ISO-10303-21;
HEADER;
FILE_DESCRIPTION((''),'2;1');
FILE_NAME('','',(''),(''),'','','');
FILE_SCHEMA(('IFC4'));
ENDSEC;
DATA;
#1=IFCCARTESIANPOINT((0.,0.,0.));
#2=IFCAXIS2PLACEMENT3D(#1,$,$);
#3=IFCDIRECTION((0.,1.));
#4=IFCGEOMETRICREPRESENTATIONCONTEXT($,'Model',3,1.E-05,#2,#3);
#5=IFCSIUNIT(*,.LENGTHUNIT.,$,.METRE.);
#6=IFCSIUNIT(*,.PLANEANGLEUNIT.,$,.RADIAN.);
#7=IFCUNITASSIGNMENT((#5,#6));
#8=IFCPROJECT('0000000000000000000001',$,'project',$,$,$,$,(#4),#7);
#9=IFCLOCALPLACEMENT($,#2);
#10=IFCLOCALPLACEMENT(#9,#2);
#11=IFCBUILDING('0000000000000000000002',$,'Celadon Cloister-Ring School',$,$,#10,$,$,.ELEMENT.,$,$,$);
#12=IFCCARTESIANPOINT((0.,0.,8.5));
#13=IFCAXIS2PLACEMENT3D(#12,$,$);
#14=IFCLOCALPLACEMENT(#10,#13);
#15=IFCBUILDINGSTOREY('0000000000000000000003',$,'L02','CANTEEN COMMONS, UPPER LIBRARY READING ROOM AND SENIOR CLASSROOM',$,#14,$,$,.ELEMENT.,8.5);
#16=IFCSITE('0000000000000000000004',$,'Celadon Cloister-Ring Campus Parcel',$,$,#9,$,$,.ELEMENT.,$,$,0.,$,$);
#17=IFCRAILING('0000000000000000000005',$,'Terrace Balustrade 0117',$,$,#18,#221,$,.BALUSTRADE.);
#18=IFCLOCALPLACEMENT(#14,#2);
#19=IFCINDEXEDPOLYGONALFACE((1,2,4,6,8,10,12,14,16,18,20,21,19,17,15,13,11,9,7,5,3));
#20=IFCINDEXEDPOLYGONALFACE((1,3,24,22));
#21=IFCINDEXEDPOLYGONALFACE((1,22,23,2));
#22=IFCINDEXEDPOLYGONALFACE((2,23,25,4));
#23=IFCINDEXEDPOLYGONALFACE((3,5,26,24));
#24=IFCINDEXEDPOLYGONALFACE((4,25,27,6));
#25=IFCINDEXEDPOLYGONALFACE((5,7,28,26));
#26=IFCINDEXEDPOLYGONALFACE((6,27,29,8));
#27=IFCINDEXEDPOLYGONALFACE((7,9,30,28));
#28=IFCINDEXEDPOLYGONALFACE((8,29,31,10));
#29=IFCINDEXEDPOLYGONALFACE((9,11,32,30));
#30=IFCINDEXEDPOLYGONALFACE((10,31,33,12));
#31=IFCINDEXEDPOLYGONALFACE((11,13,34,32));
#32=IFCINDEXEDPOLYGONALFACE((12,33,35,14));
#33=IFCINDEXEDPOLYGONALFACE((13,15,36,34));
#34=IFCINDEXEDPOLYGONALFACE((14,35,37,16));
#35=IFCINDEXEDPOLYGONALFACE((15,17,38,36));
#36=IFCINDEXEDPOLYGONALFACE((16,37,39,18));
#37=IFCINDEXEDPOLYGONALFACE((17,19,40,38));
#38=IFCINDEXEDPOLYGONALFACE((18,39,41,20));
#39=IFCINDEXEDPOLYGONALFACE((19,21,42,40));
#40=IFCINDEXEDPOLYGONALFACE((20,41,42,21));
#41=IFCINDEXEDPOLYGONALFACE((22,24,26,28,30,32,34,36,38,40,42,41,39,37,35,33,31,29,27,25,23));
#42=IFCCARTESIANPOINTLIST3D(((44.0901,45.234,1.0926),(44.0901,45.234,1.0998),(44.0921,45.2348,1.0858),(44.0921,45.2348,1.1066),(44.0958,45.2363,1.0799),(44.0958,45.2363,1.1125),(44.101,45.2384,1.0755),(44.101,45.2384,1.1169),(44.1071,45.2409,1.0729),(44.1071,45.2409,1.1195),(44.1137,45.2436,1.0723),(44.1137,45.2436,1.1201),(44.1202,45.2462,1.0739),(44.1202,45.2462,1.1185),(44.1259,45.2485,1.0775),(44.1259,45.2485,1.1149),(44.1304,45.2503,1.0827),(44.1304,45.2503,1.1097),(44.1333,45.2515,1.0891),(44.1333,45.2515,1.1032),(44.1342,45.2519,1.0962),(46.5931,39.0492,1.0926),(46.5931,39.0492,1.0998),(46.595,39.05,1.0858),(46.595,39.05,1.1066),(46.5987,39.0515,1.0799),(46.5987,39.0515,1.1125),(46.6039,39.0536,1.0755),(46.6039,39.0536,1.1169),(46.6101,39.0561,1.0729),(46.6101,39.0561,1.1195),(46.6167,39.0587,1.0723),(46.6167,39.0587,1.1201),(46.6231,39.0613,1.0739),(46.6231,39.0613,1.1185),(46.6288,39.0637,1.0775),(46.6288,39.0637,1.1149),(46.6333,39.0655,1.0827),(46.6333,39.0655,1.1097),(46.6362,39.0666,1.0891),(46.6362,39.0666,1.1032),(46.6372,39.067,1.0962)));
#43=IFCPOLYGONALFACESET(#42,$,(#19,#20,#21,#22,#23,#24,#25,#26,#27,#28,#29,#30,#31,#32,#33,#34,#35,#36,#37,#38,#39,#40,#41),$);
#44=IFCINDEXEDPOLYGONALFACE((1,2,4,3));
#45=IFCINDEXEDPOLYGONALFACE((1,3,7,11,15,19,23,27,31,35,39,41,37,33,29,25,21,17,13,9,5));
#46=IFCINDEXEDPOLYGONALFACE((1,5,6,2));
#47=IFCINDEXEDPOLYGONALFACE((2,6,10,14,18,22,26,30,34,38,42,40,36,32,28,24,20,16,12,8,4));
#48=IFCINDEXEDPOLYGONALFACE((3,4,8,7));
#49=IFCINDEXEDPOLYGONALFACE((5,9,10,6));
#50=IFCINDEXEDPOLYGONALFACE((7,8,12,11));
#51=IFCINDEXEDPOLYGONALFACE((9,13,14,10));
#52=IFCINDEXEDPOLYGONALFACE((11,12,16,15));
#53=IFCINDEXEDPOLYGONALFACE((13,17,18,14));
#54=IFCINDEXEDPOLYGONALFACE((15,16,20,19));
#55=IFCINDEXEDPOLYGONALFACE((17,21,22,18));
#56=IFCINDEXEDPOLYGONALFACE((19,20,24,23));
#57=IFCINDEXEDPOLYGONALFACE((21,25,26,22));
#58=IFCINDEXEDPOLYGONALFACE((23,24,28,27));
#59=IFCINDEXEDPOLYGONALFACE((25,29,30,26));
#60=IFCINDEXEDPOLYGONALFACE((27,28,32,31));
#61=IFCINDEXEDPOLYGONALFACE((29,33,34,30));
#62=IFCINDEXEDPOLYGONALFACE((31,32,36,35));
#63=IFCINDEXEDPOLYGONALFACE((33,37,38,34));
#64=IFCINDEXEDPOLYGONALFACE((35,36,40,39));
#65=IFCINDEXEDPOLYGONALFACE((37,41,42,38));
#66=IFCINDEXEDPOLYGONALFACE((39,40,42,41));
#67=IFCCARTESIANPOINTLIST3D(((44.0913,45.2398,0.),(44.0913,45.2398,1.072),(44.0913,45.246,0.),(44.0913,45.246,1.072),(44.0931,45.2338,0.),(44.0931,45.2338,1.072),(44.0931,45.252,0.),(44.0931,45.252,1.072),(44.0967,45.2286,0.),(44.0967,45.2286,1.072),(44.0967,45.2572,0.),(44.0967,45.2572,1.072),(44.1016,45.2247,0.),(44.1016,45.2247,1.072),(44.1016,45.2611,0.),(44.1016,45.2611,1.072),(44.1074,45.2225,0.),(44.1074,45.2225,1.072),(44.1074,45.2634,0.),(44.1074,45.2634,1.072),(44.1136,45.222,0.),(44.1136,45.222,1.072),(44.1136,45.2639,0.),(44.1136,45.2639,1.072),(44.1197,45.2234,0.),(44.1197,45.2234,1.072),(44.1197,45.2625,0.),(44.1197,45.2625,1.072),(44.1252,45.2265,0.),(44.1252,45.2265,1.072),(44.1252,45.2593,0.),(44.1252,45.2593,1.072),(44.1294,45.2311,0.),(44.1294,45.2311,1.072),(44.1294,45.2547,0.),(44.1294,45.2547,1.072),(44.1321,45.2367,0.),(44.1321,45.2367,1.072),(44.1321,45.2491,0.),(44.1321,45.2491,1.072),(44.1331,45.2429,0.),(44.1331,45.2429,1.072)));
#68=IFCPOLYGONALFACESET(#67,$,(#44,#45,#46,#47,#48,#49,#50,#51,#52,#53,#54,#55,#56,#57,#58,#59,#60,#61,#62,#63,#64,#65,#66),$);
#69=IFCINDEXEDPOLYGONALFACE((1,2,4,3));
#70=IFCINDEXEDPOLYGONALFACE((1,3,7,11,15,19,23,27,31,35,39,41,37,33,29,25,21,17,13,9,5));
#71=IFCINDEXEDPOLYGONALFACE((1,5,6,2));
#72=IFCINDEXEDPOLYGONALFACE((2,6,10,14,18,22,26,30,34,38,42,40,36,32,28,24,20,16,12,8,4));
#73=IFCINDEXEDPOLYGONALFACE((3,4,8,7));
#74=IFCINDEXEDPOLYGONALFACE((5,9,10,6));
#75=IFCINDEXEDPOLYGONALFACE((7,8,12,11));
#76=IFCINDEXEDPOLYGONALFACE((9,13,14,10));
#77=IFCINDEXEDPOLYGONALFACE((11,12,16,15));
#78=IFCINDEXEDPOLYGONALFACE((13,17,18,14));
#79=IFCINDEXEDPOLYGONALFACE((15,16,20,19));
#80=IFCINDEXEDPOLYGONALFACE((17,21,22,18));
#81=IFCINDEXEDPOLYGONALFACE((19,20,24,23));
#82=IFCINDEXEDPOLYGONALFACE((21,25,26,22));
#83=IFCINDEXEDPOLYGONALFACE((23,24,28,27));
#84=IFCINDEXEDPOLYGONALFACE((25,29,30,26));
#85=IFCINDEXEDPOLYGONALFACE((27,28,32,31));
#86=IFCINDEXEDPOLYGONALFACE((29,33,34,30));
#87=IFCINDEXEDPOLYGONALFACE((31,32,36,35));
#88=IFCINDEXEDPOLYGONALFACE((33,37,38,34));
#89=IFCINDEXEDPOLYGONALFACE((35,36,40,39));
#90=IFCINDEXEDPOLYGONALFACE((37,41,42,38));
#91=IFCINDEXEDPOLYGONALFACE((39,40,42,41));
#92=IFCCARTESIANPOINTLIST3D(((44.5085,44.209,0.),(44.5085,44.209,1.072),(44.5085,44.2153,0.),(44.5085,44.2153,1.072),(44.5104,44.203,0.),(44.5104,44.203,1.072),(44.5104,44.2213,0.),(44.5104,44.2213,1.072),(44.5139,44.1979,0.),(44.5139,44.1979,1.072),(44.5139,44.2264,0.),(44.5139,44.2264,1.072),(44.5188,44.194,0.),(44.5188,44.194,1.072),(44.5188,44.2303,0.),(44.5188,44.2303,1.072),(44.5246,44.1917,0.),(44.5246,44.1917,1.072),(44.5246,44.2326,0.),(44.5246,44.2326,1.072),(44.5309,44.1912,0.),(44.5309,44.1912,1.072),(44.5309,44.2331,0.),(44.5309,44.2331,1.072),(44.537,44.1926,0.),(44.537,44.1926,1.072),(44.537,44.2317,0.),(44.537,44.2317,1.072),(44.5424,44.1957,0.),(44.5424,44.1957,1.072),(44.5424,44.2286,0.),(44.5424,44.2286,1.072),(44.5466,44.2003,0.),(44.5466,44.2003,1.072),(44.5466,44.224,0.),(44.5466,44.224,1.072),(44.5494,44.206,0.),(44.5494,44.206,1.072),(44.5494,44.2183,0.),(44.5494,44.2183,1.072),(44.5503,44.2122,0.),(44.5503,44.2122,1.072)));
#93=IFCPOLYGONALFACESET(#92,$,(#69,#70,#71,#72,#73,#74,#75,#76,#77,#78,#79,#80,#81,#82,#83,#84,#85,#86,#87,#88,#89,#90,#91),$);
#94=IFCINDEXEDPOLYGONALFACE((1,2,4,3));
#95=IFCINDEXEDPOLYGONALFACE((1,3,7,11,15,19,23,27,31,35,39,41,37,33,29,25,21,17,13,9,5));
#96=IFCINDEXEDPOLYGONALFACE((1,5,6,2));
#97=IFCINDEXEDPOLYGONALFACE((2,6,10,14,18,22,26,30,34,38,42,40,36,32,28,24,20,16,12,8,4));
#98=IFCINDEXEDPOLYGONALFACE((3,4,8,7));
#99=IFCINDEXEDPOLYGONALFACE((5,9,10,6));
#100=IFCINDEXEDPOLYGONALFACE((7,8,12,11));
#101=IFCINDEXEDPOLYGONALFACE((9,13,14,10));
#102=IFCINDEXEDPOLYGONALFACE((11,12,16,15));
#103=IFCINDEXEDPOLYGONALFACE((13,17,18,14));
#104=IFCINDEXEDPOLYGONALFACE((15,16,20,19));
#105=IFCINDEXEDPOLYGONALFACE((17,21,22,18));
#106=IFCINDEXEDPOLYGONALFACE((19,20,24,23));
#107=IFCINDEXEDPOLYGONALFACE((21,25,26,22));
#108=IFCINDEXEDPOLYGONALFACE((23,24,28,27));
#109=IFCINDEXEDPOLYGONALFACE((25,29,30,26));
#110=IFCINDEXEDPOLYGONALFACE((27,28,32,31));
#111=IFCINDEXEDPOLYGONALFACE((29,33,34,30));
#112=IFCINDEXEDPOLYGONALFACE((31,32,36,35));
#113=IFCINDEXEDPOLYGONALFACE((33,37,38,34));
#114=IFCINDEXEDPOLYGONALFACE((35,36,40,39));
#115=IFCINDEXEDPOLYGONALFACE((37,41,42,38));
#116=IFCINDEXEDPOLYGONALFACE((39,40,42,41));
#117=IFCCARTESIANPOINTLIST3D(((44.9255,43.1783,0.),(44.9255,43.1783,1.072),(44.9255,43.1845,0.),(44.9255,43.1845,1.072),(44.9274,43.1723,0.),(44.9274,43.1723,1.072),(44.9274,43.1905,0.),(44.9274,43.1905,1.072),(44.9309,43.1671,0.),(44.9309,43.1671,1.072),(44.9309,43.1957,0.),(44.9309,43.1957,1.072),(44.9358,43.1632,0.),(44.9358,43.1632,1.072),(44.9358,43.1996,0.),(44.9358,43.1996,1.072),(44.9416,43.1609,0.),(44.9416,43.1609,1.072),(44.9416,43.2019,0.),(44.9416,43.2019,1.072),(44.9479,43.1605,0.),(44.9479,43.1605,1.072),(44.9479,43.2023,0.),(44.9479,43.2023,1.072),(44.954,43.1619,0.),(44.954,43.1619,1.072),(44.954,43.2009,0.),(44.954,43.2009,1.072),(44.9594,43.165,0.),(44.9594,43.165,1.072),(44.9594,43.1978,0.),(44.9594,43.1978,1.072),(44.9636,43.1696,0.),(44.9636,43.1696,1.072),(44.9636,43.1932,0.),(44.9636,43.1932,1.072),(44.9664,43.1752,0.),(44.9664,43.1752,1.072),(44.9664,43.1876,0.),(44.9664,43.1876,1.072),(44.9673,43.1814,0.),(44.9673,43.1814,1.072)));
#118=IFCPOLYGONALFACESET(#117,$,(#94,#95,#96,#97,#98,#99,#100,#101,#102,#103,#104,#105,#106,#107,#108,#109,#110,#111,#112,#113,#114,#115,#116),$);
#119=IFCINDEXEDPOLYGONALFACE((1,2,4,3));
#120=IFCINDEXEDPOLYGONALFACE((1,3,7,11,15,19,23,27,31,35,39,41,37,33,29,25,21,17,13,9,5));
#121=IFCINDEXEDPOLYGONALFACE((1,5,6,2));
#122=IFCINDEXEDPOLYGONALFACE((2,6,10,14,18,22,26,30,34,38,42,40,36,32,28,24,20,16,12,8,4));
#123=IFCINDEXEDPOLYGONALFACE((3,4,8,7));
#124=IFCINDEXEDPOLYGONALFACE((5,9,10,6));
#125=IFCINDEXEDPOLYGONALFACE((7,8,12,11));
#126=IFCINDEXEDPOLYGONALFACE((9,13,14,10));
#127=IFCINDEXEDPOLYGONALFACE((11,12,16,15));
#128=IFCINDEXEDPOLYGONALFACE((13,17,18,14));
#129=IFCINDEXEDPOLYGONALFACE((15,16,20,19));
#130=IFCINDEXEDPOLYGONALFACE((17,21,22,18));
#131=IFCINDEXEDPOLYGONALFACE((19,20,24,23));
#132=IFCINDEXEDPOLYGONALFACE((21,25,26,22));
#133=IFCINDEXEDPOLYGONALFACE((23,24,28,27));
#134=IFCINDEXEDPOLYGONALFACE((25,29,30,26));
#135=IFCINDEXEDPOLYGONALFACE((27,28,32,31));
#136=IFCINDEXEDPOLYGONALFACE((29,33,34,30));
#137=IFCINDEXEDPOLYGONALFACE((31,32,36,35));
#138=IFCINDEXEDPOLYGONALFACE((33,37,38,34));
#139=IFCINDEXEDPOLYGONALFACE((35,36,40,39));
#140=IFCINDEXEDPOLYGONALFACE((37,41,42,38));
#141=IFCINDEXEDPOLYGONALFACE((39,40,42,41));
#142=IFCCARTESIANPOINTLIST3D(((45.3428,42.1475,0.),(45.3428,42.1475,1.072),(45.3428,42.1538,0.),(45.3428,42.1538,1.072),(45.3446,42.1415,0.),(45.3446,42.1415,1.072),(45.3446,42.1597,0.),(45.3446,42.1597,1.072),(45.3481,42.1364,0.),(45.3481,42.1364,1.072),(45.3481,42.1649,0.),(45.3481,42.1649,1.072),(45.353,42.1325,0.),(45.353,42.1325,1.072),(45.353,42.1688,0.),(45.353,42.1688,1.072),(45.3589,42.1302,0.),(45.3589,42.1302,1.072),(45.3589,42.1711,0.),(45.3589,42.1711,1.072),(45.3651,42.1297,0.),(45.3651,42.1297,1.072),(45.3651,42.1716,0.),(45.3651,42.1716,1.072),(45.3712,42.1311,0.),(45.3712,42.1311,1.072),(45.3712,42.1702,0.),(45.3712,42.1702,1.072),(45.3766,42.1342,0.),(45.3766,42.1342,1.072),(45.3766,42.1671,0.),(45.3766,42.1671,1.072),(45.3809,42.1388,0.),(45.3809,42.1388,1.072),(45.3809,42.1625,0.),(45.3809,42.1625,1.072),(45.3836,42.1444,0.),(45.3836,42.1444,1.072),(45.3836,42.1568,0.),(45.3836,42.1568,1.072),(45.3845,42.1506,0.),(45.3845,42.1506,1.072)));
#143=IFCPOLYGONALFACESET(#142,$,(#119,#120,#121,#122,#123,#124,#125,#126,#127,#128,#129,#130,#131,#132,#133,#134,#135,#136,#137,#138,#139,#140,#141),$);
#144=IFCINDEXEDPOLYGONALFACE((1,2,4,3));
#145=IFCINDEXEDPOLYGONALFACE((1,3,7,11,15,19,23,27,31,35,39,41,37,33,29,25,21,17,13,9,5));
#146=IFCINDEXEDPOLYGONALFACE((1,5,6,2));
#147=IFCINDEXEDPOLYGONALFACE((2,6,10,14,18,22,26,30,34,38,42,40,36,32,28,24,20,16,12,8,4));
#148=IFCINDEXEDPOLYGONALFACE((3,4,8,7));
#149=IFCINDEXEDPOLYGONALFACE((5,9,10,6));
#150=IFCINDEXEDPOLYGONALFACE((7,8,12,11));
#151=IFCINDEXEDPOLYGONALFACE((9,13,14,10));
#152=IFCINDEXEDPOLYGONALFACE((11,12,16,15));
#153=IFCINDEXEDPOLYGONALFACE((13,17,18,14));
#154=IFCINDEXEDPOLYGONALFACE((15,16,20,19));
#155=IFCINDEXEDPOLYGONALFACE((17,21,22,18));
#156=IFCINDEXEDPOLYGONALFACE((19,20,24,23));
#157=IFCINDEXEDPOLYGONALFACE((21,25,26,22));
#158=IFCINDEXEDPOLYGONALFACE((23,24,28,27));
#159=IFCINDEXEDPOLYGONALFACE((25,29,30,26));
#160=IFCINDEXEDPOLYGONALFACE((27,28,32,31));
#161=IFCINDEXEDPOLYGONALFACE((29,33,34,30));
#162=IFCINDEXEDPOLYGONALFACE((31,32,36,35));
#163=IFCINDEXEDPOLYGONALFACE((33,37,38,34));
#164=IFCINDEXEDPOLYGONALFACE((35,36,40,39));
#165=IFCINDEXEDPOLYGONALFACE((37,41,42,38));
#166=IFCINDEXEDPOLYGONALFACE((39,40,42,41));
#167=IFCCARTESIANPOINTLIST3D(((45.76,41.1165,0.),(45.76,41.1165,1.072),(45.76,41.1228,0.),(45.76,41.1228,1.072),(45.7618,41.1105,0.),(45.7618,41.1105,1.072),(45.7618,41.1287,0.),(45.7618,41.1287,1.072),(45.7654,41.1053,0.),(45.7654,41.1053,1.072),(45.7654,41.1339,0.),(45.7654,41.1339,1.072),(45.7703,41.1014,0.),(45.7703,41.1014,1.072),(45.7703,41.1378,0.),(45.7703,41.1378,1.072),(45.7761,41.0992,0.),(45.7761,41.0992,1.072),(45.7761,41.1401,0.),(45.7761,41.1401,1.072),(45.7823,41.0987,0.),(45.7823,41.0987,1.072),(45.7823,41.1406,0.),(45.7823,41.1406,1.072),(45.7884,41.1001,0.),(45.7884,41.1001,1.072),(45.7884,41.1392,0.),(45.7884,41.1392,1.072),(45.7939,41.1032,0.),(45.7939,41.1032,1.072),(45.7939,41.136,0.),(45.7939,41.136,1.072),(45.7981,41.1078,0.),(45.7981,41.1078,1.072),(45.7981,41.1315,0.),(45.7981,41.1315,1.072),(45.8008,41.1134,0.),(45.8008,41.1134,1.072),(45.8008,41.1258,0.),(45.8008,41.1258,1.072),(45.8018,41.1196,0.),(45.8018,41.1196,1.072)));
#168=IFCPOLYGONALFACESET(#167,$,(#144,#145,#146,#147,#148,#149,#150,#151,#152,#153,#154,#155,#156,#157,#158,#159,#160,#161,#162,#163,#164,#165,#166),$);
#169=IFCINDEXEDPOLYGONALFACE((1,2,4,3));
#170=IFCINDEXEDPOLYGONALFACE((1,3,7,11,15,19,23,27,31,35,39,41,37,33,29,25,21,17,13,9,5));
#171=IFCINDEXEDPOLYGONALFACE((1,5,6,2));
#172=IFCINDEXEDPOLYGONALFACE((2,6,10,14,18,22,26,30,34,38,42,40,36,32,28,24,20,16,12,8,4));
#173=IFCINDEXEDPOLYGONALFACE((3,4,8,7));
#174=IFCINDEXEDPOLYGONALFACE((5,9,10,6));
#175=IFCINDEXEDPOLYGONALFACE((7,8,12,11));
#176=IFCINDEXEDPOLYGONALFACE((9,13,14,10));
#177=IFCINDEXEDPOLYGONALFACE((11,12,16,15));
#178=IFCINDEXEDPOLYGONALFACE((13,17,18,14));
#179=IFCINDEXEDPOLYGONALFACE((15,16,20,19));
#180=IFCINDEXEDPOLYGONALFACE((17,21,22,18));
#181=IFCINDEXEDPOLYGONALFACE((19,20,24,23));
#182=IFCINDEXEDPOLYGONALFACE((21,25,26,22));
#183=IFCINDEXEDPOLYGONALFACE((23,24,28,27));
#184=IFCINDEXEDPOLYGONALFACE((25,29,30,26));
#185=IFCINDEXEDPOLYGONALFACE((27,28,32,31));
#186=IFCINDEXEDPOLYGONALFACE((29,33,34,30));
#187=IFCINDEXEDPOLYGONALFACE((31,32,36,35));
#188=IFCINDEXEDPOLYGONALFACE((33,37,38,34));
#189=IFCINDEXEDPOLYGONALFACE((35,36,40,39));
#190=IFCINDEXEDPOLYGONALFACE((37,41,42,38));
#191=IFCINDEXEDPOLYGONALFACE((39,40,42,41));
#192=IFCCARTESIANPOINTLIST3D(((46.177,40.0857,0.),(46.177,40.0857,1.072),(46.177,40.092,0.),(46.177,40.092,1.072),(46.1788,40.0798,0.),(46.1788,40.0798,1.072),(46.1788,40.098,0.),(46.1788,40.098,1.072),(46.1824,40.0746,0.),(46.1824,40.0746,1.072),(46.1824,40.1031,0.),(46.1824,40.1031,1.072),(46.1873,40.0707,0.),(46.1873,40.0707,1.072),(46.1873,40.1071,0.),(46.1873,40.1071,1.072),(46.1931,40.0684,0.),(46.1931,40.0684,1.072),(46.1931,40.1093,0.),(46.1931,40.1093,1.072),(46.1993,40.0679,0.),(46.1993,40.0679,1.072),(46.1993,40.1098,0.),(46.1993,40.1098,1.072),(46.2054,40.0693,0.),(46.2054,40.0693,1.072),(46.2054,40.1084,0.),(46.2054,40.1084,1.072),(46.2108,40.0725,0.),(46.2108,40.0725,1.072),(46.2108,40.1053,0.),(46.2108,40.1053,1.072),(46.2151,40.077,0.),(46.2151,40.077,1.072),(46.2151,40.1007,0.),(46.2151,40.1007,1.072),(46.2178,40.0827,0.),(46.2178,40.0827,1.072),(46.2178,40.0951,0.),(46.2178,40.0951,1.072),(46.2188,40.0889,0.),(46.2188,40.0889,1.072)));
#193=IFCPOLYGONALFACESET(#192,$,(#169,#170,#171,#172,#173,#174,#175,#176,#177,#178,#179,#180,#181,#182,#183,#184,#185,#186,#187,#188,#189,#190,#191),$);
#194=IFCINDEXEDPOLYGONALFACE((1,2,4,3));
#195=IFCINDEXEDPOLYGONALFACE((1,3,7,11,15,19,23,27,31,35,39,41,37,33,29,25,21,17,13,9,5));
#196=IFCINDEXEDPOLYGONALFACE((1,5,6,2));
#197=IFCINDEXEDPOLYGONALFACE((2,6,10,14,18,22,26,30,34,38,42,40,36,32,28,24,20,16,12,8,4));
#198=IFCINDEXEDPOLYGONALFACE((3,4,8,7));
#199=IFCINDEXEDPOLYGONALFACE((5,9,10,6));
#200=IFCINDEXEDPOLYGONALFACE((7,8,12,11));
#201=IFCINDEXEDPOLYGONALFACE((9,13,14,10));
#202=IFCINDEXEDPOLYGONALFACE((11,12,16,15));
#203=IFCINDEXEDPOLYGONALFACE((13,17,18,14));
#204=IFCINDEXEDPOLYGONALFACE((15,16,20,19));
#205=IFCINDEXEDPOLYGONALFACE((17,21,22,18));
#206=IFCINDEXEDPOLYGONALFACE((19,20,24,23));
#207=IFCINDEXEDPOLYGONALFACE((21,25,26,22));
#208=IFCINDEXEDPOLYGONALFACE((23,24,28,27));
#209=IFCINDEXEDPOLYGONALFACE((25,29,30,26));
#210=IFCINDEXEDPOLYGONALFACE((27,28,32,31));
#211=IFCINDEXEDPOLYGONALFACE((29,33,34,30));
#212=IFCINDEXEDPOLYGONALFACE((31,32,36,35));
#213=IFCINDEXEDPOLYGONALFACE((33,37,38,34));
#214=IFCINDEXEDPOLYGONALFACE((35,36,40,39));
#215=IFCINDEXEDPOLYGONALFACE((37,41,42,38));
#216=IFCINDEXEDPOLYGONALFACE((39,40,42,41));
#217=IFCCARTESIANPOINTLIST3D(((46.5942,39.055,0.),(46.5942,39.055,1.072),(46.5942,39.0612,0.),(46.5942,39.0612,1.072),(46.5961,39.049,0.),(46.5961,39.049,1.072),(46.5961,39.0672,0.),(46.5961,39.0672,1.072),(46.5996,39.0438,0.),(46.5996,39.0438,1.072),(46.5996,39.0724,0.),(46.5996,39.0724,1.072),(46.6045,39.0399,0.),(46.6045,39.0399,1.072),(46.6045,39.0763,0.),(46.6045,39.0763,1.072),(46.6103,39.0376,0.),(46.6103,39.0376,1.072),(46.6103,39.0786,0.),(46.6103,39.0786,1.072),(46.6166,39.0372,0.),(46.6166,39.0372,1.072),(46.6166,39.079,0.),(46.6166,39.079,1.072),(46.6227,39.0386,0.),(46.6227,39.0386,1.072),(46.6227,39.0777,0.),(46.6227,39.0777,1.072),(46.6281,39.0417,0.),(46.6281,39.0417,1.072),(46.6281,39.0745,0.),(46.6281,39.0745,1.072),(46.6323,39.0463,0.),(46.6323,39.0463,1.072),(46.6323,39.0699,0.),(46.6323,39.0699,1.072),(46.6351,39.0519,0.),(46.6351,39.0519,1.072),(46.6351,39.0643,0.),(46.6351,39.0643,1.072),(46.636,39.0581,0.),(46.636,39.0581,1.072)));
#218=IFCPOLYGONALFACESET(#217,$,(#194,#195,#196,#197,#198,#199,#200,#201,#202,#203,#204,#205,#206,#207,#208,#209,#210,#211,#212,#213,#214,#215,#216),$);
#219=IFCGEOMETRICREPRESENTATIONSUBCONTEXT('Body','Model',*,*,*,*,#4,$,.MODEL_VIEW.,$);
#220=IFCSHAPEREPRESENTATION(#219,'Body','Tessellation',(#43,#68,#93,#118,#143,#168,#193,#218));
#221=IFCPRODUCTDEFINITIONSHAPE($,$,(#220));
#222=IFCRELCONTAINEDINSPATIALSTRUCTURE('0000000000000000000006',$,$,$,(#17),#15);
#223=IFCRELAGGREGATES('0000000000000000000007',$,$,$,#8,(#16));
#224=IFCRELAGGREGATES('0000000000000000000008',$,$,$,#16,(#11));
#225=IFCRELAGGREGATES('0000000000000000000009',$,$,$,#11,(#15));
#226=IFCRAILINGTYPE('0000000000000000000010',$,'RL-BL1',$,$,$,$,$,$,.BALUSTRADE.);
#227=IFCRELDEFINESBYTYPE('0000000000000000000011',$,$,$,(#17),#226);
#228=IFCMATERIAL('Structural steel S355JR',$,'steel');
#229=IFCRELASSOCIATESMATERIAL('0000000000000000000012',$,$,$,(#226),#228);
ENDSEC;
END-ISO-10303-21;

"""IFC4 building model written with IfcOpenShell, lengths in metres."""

from ifc_helpers import new_model, si_unit, direction, frame, origin, origin_2d, place, context, subcontext, project, spatial, circle, extrude, material, type_object, element, save


model = new_model("IFC4")

# Units and contexts
model_context = context("Model", 3, precision=1e-05, world=origin(), true_north=direction((0.0, 1.0)))
body_context = subcontext(model_context, "Body", "Model", "MODEL_VIEW")
ifc_project = project(units=[si_unit("LENGTHUNIT", "METRE"), si_unit("PLANEANGLEUNIT", "RADIAN")], contexts=[model_context])

# Site, building, storey
site_placement = place(None, origin())
site = spatial("IfcSite", under=ifc_project, at=site_placement, Name="Celadon Cloister-Ring Campus Parcel", CompositionType="ELEMENT", RefElevation=0.0)
building_placement = place(site_placement, origin())
building = spatial("IfcBuilding", under=site, at=building_placement, Name="Celadon Cloister-Ring School", CompositionType="ELEMENT")
storey_placement = place(building_placement, frame((0.0, 0.0, 8.5)))
storey = spatial("IfcBuildingStorey", under=building, at=storey_placement, Name="L02", Description="CANTEEN COMMONS, UPPER LIBRARY READING ROOM AND SENIOR CLASSROOM", CompositionType="ELEMENT", Elevation=8.5)

# Railing
ifc_material_1 = material(Name="Structural steel S355JR", Category="steel")
railing_type = type_object("IfcRailingType", Name="RL-BL1", PredefinedType="BALUSTRADE", material=ifc_material_1)
railing_1_placement = place(storey_placement, frame((44.1121, 45.2429, 0.0)))
element("IfcRailing", 1, at=railing_1_placement, inside=storey, type_object=railing_type, Name="Terrace Balustrade 0117", PredefinedType="BALUSTRADE", context=body_context, shape_type="SweptSolid", body=[
    extrude(circle(Radius=0.0239, at=origin_2d()), frame((0.0, 0.0, 1.0962), z_axis=(0.375135, -0.92697, 0.0), x_axis=(0.92697, 0.375135, 0.0)), (0.0, 0.0, 1.0), 6.6721),
    extrude(circle(Radius=0.021, at=origin_2d()), origin(), (0.0, 0.0, 1.0), 1.072),
    extrude(circle(Radius=0.021, at=origin_2d()), frame((0.4172, -1.0308, 0.0)), (0.0, 0.0, 1.0), 1.072),
    extrude(circle(Radius=0.021, at=origin_2d()), frame((0.8342, -2.0615, 0.0)), (0.0, 0.0, 1.0), 1.072),
    extrude(circle(Radius=0.021, at=origin_2d()), frame((1.2515, -3.0923, 0.0)), (0.0, 0.0, 1.0), 1.072),
    extrude(circle(Radius=0.021, at=origin_2d()), frame((1.6687, -4.1233, 0.0)), (0.0, 0.0, 1.0), 1.072),
    extrude(circle(Radius=0.021, at=origin_2d()), frame((2.0857, -5.1541, 0.0)), (0.0, 0.0, 1.0), 1.072),
    extrude(circle(Radius=0.021, at=origin_2d()), frame((2.5029, -6.1848, 0.0)), (0.0, 0.0, 1.0), 1.072),
])

save(model, "model.ifc")
